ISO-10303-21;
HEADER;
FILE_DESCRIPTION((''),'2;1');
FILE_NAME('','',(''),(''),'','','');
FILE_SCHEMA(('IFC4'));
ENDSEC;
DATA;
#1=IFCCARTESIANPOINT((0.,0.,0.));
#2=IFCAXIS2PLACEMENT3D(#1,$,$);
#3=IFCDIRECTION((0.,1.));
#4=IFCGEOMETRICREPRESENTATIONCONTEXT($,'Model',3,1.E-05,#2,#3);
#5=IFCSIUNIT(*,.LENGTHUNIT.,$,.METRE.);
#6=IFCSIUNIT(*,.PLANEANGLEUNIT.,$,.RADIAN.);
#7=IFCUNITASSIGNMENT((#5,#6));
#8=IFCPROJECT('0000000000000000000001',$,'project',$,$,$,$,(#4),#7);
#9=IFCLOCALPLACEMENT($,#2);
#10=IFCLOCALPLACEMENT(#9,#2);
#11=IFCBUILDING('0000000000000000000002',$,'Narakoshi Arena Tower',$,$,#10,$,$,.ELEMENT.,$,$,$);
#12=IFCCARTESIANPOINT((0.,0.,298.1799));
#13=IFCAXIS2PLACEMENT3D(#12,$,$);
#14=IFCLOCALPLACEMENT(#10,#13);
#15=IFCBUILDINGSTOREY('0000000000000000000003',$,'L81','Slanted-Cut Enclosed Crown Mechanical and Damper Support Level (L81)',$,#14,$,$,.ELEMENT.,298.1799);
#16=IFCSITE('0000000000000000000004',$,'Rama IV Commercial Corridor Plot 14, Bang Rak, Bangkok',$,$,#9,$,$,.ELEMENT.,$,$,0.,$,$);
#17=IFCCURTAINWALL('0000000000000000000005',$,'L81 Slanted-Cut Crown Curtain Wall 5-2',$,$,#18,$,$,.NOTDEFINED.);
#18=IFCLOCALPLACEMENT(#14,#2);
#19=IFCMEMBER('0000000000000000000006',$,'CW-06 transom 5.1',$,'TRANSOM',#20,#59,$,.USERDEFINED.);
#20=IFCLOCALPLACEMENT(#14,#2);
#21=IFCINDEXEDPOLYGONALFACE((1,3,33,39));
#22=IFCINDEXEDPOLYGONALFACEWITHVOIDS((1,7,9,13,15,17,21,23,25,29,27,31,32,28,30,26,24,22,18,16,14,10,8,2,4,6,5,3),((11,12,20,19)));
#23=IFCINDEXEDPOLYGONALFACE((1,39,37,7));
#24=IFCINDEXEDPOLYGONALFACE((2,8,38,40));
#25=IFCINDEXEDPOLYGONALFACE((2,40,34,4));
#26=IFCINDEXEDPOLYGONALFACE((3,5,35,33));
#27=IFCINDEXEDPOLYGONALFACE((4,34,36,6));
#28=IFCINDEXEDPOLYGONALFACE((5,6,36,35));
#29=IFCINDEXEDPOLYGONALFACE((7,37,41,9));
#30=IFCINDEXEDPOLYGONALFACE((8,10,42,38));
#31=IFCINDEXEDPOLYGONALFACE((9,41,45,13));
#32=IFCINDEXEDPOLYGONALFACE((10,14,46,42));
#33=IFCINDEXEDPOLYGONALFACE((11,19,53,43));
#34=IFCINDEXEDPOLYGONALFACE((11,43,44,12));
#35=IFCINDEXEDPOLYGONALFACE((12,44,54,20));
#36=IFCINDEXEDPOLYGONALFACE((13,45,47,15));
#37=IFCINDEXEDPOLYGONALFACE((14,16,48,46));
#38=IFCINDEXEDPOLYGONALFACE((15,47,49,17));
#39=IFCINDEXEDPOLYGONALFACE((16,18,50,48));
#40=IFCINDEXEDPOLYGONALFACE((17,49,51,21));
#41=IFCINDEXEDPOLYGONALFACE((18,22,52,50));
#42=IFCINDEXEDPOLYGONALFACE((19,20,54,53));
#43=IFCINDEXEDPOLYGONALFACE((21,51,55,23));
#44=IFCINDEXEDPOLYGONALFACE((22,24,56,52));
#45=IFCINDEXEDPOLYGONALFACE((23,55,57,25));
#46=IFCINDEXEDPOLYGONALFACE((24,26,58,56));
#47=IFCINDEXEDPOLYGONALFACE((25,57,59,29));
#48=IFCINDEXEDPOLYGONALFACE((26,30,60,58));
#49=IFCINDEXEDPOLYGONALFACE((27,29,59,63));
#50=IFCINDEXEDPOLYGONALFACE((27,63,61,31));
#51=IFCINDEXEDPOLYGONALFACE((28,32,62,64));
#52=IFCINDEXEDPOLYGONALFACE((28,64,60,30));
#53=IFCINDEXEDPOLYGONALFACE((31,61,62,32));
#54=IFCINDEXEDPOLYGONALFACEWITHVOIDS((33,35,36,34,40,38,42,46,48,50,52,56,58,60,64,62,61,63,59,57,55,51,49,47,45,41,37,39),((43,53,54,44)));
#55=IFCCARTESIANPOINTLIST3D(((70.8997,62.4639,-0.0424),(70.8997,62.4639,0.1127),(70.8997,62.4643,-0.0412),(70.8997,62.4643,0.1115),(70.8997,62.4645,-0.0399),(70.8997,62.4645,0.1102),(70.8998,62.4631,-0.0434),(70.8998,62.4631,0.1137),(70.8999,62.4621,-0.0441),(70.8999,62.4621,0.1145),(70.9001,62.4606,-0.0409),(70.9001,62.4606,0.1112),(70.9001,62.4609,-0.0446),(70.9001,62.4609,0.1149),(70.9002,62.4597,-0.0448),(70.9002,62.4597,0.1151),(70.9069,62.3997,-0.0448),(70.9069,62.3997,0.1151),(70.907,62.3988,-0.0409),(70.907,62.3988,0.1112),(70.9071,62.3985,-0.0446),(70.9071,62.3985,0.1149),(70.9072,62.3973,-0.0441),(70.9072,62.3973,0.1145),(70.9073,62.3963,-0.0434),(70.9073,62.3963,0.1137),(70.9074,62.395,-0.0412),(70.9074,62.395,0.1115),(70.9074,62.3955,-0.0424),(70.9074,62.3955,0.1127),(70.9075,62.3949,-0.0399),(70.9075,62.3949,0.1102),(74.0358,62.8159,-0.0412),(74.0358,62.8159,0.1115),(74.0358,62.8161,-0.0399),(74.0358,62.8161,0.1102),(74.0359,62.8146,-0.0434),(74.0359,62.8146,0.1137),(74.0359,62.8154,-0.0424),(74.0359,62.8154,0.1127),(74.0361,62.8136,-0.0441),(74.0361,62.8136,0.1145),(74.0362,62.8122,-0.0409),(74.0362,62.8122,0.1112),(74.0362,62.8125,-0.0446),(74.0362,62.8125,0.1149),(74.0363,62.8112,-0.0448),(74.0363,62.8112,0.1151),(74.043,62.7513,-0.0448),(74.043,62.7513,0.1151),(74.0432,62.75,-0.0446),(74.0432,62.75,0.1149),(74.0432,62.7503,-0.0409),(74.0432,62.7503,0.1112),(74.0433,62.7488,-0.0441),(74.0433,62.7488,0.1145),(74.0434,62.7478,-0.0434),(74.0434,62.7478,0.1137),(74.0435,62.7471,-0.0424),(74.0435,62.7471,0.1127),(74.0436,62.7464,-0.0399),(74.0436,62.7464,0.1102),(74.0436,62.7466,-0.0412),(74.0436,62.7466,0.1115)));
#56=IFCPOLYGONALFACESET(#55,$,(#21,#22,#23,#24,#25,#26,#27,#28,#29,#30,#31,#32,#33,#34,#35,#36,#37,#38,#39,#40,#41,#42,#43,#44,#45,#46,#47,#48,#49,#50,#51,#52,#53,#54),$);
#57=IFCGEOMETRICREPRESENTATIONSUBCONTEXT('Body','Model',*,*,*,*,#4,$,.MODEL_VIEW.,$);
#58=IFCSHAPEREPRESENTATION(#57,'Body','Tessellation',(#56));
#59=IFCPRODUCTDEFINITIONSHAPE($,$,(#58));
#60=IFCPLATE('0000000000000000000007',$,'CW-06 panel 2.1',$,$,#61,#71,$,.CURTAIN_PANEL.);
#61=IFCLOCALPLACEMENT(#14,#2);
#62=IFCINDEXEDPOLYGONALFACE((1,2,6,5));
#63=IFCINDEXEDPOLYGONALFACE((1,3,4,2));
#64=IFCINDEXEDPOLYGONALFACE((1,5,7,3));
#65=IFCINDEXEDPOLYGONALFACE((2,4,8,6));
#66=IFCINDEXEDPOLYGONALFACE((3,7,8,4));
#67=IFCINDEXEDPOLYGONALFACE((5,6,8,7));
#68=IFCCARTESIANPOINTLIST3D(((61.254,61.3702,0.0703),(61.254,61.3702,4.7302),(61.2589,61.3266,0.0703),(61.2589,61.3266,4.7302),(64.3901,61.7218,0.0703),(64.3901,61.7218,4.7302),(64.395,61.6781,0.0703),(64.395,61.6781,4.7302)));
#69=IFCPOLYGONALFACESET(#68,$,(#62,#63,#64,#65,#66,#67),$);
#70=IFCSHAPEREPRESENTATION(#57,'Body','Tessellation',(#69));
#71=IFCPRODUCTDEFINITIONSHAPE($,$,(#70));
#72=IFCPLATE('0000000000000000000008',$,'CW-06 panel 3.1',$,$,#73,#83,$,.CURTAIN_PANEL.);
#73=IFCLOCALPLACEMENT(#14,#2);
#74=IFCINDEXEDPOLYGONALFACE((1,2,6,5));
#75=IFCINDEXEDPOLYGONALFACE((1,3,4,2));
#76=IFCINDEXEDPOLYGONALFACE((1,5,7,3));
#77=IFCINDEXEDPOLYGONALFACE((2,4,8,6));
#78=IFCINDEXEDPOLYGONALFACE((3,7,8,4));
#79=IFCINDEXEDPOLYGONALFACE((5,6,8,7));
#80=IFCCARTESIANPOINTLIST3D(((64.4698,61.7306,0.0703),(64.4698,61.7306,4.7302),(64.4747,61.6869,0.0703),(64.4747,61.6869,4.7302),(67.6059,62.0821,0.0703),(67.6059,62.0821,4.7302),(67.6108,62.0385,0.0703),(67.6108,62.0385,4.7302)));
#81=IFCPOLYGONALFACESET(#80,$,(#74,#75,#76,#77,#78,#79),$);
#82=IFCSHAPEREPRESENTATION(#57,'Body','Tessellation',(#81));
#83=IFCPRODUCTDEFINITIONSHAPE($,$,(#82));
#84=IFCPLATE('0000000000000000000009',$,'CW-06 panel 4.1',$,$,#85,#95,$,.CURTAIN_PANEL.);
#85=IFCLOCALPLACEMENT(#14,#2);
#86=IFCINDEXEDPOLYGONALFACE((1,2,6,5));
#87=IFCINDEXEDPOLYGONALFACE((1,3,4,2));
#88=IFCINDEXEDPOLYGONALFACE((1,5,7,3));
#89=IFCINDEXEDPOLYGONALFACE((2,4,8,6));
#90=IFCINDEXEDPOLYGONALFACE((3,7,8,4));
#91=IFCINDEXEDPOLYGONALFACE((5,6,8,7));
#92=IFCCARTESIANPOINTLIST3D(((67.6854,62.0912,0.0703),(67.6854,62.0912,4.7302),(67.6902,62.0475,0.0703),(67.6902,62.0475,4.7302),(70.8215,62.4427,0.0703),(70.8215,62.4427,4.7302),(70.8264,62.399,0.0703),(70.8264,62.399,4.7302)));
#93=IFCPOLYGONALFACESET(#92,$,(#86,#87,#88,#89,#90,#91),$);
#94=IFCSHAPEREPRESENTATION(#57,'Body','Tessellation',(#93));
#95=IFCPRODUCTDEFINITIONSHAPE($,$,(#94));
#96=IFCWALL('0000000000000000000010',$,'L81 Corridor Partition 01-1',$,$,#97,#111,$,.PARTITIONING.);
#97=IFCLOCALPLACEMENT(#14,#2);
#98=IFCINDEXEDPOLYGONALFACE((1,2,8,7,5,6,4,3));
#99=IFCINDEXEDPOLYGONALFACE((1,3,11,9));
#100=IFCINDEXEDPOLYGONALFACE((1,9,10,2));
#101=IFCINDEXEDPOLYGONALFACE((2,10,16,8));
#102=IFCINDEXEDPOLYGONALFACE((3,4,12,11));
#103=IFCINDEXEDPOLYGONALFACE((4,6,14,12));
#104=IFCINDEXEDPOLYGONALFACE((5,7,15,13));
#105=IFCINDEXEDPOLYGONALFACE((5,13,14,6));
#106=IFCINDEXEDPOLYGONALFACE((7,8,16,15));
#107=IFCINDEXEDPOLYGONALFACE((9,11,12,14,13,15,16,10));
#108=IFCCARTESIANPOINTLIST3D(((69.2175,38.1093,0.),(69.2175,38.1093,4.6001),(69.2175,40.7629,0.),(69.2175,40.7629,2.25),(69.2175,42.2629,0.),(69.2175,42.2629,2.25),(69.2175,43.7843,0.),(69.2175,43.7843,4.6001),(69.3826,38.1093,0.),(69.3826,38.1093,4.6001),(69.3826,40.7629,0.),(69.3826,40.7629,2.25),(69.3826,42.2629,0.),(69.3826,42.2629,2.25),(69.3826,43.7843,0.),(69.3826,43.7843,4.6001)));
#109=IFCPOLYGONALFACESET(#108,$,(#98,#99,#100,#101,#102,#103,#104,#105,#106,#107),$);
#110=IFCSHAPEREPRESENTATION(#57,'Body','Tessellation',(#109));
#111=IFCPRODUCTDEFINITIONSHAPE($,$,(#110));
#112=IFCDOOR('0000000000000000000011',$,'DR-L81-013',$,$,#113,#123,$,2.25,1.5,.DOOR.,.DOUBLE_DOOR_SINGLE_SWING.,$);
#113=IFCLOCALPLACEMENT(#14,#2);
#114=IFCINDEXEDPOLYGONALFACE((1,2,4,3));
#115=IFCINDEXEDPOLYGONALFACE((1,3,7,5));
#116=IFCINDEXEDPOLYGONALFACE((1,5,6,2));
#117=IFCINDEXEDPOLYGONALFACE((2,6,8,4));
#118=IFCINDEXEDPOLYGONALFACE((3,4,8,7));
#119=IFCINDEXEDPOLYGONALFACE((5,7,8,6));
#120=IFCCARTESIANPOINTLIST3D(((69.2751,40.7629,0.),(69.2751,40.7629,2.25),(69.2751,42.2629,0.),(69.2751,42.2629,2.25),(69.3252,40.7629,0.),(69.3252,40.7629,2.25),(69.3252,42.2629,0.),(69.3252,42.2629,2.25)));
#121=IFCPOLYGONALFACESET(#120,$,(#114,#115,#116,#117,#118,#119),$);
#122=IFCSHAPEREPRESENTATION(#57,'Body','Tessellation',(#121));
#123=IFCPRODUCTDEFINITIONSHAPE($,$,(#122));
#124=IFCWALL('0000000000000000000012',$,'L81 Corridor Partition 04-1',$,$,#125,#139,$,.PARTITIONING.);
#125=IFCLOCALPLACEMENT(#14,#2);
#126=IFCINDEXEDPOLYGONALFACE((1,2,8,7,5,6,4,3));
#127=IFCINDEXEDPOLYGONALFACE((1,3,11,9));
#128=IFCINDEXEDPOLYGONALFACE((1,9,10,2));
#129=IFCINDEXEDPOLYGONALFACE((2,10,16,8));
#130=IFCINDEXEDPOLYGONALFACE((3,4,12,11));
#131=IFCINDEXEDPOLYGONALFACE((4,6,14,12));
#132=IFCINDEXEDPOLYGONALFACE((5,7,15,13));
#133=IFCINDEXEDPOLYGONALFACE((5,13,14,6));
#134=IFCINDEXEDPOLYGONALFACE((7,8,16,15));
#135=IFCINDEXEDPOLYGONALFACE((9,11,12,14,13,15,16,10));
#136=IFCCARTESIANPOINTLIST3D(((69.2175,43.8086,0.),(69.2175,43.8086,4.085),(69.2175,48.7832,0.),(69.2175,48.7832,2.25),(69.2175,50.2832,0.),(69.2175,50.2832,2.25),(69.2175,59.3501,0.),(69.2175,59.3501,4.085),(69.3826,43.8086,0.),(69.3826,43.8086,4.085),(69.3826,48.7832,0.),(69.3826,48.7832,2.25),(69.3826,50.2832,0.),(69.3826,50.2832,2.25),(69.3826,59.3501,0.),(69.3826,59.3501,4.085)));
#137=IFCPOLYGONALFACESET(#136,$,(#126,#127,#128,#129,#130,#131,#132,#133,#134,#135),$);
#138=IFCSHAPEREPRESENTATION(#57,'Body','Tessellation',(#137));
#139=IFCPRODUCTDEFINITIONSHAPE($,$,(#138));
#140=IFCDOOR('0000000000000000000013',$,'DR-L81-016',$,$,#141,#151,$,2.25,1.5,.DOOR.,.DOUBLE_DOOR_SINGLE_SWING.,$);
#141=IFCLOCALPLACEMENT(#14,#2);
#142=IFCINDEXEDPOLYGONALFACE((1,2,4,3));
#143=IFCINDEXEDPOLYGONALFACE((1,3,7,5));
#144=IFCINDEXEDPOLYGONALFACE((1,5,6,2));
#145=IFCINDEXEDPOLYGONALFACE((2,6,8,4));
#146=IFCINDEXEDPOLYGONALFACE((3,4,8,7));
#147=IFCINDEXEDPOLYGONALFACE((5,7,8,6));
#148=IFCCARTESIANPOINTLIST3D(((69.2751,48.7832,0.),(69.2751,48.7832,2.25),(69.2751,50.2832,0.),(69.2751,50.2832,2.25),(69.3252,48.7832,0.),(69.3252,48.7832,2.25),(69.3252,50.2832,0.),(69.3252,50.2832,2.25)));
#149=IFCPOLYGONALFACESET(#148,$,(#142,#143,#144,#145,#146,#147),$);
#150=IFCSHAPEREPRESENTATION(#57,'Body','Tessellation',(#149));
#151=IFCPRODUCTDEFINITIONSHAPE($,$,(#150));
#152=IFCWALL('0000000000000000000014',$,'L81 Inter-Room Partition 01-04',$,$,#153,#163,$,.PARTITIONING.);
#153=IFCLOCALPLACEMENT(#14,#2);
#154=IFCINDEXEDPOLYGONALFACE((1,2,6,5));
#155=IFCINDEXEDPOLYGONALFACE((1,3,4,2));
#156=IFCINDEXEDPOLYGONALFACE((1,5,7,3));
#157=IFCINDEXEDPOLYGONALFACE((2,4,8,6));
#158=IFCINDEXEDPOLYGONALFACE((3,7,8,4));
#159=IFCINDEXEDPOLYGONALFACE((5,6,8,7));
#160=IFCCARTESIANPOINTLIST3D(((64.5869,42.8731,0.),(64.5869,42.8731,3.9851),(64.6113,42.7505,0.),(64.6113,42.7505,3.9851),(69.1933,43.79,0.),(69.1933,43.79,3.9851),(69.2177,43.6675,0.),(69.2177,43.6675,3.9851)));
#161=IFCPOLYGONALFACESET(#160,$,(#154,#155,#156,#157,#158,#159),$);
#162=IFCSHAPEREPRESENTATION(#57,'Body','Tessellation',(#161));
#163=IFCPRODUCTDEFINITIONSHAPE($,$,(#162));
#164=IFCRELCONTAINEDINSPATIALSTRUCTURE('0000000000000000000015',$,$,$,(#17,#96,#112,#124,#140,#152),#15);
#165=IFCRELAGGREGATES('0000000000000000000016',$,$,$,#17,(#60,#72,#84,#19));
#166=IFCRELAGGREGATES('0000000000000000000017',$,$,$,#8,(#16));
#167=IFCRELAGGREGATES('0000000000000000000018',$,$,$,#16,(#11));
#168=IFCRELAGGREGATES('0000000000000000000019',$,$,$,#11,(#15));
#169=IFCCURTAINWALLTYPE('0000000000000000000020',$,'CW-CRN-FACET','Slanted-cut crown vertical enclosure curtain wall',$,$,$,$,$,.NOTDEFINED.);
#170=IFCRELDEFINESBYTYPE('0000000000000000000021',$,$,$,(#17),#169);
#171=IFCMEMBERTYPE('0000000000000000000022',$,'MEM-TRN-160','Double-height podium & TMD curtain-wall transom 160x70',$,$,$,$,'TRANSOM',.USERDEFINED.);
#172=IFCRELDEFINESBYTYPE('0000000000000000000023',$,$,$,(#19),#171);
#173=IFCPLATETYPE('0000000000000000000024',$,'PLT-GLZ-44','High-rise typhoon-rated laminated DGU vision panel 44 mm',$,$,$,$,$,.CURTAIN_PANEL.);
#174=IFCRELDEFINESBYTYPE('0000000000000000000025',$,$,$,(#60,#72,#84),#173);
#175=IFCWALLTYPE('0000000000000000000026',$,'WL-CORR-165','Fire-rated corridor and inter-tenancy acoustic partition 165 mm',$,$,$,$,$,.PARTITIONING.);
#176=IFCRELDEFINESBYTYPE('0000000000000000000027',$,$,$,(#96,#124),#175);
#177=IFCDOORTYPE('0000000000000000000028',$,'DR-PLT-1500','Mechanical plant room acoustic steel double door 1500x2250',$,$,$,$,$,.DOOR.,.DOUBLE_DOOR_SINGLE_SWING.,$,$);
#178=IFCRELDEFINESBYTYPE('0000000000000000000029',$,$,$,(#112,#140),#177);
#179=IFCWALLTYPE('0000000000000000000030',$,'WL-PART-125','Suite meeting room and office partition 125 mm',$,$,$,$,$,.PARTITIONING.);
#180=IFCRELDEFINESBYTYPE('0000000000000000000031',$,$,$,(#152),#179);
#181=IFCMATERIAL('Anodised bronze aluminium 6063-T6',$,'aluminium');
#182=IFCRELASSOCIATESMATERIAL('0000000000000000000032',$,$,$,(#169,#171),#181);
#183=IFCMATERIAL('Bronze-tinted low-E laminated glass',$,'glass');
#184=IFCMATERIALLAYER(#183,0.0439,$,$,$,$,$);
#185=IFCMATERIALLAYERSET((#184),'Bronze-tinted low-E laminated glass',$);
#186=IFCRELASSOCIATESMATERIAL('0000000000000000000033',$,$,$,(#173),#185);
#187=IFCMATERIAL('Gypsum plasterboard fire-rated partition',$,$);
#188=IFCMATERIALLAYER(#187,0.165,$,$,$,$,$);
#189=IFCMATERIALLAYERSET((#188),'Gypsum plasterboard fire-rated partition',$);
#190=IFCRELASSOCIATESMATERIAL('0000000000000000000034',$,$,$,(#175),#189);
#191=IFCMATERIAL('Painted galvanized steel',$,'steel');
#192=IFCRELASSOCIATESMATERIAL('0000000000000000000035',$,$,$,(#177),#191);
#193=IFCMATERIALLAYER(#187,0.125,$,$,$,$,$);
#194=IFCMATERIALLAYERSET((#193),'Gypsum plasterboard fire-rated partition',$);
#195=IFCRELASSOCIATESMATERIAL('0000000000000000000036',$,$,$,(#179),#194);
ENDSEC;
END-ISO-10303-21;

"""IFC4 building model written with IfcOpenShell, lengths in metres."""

from ifc_helpers import new_model, si_unit, direction, frame, frame_2d, origin, origin_2d, place, context, subcontext, project, spatial, rectangle, hollow_rectangle, extrude, material, layer, layer_set, material_profile, profile_set, type_object, element, fill, aggregate, save


model = new_model("IFC4")

# Units and contexts
model_context = context("Model", 3, precision=1e-05, world=origin(), true_north=direction((0.0, 1.0)))
body_context = subcontext(model_context, "Body", "Model", "MODEL_VIEW")
ifc_project = project(units=[si_unit("LENGTHUNIT", "METRE"), si_unit("PLANEANGLEUNIT", "RADIAN")], contexts=[model_context])

# Site, building, storey
site_placement = place(None, origin())
site = spatial("IfcSite", under=ifc_project, at=site_placement, Name="Rama IV Commercial Corridor Plot 14, Bang Rak, Bangkok", CompositionType="ELEMENT", RefElevation=0.0)
building_placement = place(site_placement, origin())
building = spatial("IfcBuilding", under=site, at=building_placement, Name="Narakoshi Arena Tower", CompositionType="ELEMENT")
storey_placement = place(building_placement, frame((0.0, 0.0, 298.1799)))
storey = spatial("IfcBuildingStorey", under=building, at=storey_placement, Name="L81", Description="Slanted-Cut Enclosed Crown Mechanical and Damper Support Level (L81)", CompositionType="ELEMENT", Elevation=298.1799)

# Curtain wall, member, plates
ifc_material_1 = material(Name="Anodised bronze aluminium 6063-T6", Category="aluminium")
curtain_wall_type = type_object("IfcCurtainWallType", Name="CW-CRN-FACET", Description="Slanted-cut crown vertical enclosure curtain wall", PredefinedType="NOTDEFINED", material=ifc_material_1)
curtain_wall_placement = place(storey_placement, origin())
curtain_wall = element("IfcCurtainWall", 1, at=curtain_wall_placement, inside=storey, type_object=curtain_wall_type, Name="L81 Slanted-Cut Crown Curtain Wall 5-2", PredefinedType="NOTDEFINED")
ifc_material_profile_1 = material_profile(ifc_material_1, hollow_rectangle(XDim=0.0701, YDim=0.1599, WallThickness=0.0039, OuterFilletRadius=0.0049, at=origin_2d()), Name="TRN160x70x4")
ifc_profile_set_1 = profile_set([ifc_material_profile_1], Name="Anodised bronze aluminium 6063-T6")
member_type_1 = type_object("IfcMemberType", Name="MEM-TRN-160", Description="Double-height podium & TMD curtain-wall transom 160x70", ElementType="TRANSOM", PredefinedType="USERDEFINED", material=ifc_profile_set_1)
member_1_placement = place(storey_placement, frame((70.9036, 62.4297, 0.0352), z_axis=(0.993776, 0.111399, 0.0), x_axis=(-0.111399, 0.993776, 0.0)))
member_1 = element("IfcMember", 2, at=member_1_placement, type_object=member_type_1, Name="CW-06 transom 5.1", ObjectType="TRANSOM", PredefinedType="USERDEFINED", context=body_context, shape_type="SweptSolid", body=[
    extrude(hollow_rectangle(XDim=0.0701, YDim=0.1599, WallThickness=0.0039, OuterFilletRadius=0.0049, at=origin_2d()), origin(), (0.0, 0.0, 1.0), 3.1558),
])
ifc_material_2 = material(Name="Bronze-tinted low-E laminated glass", Category="glass")
ifc_layer_1 = layer(ifc_material_2, 0.0439)
ifc_layer_set_1 = layer_set([ifc_layer_1], Name="Bronze-tinted low-E laminated glass")
plate_type = type_object("IfcPlateType", Name="PLT-GLZ-44", Description="High-rise typhoon-rated laminated DGU vision panel 44 mm", PredefinedType="CURTAIN_PANEL", material=ifc_layer_set_1)
plate_1_placement = place(storey_placement, frame((62.8245, 61.5242, 0.0703), z_axis=(0.0, 0.0, 1.0), x_axis=(0.993776, 0.111395, 0.0)))
plate_1 = element("IfcPlate", 3, at=plate_1_placement, type_object=plate_type, Name="CW-06 panel 2.1", PredefinedType="CURTAIN_PANEL", context=body_context, shape_type="SweptSolid", body=[
    extrude(rectangle(XDim=3.1558, YDim=0.0439, at=origin_2d()), origin(), (0.0, 0.0, 1.0), 4.6599),
])
plate_2_placement = place(storey_placement, frame((66.0403, 61.8845, 0.0703), z_axis=(0.0, 0.0, 1.0), x_axis=(0.993776, 0.111395, 0.0)))
plate_2 = element("IfcPlate", 4, at=plate_2_placement, type_object=plate_type, Name="CW-06 panel 3.1", PredefinedType="CURTAIN_PANEL", context=body_context, shape_type="SweptSolid", body=[
    extrude(rectangle(XDim=3.1558, YDim=0.0439, at=origin_2d()), origin(), (0.0, 0.0, 1.0), 4.6599),
])
plate_3_placement = place(storey_placement, frame((69.2559, 62.2451, 0.0703), z_axis=(0.0, 0.0, 1.0), x_axis=(0.993776, 0.111395, 0.0)))
plate_3 = element("IfcPlate", 5, at=plate_3_placement, type_object=plate_type, Name="CW-06 panel 4.1", PredefinedType="CURTAIN_PANEL", context=body_context, shape_type="SweptSolid", body=[
    extrude(rectangle(XDim=3.1558, YDim=0.0439, at=origin_2d()), origin(), (0.0, 0.0, 1.0), 4.6599),
])
aggregate(curtain_wall, [plate_1, plate_2, plate_3, member_1])

# Walls, openings, doors
ifc_material_3 = material(Name="Gypsum plasterboard fire-rated partition")
ifc_layer_2 = layer(ifc_material_3, 0.165)
ifc_layer_set_2 = layer_set([ifc_layer_2], Name="Gypsum plasterboard fire-rated partition")
wall_type_1 = type_object("IfcWallType", Name="WL-CORR-165", Description="Fire-rated corridor and inter-tenancy acoustic partition 165 mm", PredefinedType="PARTITIONING", material=ifc_layer_set_2)
wall_1_placement = place(storey_placement, frame((69.3, 43.7842, 0.0), z_axis=(0.0, 0.0, 1.0), x_axis=(0.0, -1.0, 0.0)))
wall_1 = element("IfcWall", 6, at=wall_1_placement, inside=storey, type_object=wall_type_1, Name="L81 Corridor Partition 01-1", PredefinedType="PARTITIONING", context=body_context, shape_type="SweptSolid", body=[
    extrude(rectangle(XDim=5.675, YDim=0.165, at=frame_2d((2.8374, 0.0))), origin(), (0.0, 0.0, 1.0), 4.6001),
])
opening_1_placement = place(wall_1_placement, frame((1.5212, 0.0, 0.0)))
opening_1 = element("IfcOpeningElement", 7, at=opening_1_placement, cuts=wall_1, PredefinedType="OPENING", context=body_context, shape_type="SweptSolid", body=[
    extrude(rectangle(XDim=1.5, YDim=2.25, at=frame_2d((0.75, 1.125))), frame((0.0, 0.0925, 0.0), z_axis=(0.0, -1.0, 0.0), x_axis=(1.0, 0.0, 0.0)), (0.0, 0.0, 1.0), 0.1851),
])
ifc_material_4 = material(Name="Painted galvanized steel", Category="steel")
door_type = type_object("IfcDoorType", Name="DR-PLT-1500", Description="Mechanical plant room acoustic steel double door 1500x2250", OperationType="DOUBLE_DOOR_SINGLE_SWING", PredefinedType="DOOR", material=ifc_material_4)
door_1_placement = place(opening_1_placement, frame((1.5, 0.0, 0.0), z_axis=(0.0, 0.0, 1.0), x_axis=(-1.0, 0.0, 0.0)))
door_1 = element("IfcDoor", 8, at=door_1_placement, inside=storey, type_object=door_type, Name="DR-L81-013", OperationType="DOUBLE_DOOR_SINGLE_SWING", OverallHeight=2.25, OverallWidth=1.5, PredefinedType="DOOR", context=body_context, shape_type="SweptSolid", body=[
    extrude(rectangle(XDim=1.5, YDim=2.25, at=frame_2d((0.75, 1.125))), frame((0.0, 0.0249, 0.0), z_axis=(0.0, -1.0, 0.0), x_axis=(1.0, 0.0, 0.0)), (0.0, 0.0, 1.0), 0.05),
])
fill(opening_1, door_1)
wall_2_placement = place(storey_placement, frame((69.3, 59.3501, 0.0), z_axis=(0.0, 0.0, 1.0), x_axis=(0.0, -1.0, 0.0)))
wall_2 = element("IfcWall", 9, at=wall_2_placement, inside=storey, type_object=wall_type_1, Name="L81 Corridor Partition 04-1", PredefinedType="PARTITIONING", context=body_context, shape_type="SweptSolid", body=[
    extrude(rectangle(XDim=15.5415, YDim=0.165, at=frame_2d((7.7708, 0.0))), origin(), (0.0, 0.0, 1.0), 4.085),
])
opening_2_placement = place(wall_2_placement, frame((9.0669, 0.0, 0.0)))
opening_2 = element("IfcOpeningElement", 10, at=opening_2_placement, cuts=wall_2, PredefinedType="OPENING", context=body_context, shape_type="SweptSolid", body=[
    extrude(rectangle(XDim=1.5, YDim=2.25, at=frame_2d((0.75, 1.125))), frame((0.0, 0.0925, 0.0), z_axis=(0.0, -1.0, 0.0), x_axis=(1.0, 0.0, 0.0)), (0.0, 0.0, 1.0), 0.1851),
])
door_2_placement = place(opening_2_placement, frame((1.5, 0.0, 0.0), z_axis=(0.0, 0.0, 1.0), x_axis=(-1.0, 0.0, 0.0)))
door_2 = element("IfcDoor", 11, at=door_2_placement, inside=storey, type_object=door_type, Name="DR-L81-016", OperationType="DOUBLE_DOOR_SINGLE_SWING", OverallHeight=2.25, OverallWidth=1.5, PredefinedType="DOOR", context=body_context, shape_type="SweptSolid", body=[
    extrude(rectangle(XDim=1.5, YDim=2.25, at=frame_2d((0.75, 1.125))), frame((0.0, 0.0249, 0.0), z_axis=(0.0, -1.0, 0.0), x_axis=(1.0, 0.0, 0.0)), (0.0, 0.0, 1.0), 0.05),
])
fill(opening_2, door_2)

# Wall
ifc_layer_3 = layer(ifc_material_3, 0.125)
ifc_layer_set_3 = layer_set([ifc_layer_3], Name="Gypsum plasterboard fire-rated partition")
wall_type_2 = type_object("IfcWallType", Name="WL-PART-125", Description="Suite meeting room and office partition 125 mm", PredefinedType="PARTITIONING", material=ifc_layer_set_3)
wall_3_placement = place(storey_placement, frame((64.5991, 42.8118, 0.0), z_axis=(0.0, 0.0, 1.0), x_axis=(0.980756, 0.195236, 0.0)))
element("IfcWall", 12, at=wall_3_placement, inside=storey, type_object=wall_type_2, Name="L81 Inter-Room Partition 01-04", PredefinedType="PARTITIONING", context=body_context, shape_type="SweptSolid", body=[
    extrude(rectangle(XDim=4.6968, YDim=0.125, at=frame_2d((2.3484, 0.0))), origin(), (0.0, 0.0, 1.0), 3.9851),
])

save(model, "model.ifc")
